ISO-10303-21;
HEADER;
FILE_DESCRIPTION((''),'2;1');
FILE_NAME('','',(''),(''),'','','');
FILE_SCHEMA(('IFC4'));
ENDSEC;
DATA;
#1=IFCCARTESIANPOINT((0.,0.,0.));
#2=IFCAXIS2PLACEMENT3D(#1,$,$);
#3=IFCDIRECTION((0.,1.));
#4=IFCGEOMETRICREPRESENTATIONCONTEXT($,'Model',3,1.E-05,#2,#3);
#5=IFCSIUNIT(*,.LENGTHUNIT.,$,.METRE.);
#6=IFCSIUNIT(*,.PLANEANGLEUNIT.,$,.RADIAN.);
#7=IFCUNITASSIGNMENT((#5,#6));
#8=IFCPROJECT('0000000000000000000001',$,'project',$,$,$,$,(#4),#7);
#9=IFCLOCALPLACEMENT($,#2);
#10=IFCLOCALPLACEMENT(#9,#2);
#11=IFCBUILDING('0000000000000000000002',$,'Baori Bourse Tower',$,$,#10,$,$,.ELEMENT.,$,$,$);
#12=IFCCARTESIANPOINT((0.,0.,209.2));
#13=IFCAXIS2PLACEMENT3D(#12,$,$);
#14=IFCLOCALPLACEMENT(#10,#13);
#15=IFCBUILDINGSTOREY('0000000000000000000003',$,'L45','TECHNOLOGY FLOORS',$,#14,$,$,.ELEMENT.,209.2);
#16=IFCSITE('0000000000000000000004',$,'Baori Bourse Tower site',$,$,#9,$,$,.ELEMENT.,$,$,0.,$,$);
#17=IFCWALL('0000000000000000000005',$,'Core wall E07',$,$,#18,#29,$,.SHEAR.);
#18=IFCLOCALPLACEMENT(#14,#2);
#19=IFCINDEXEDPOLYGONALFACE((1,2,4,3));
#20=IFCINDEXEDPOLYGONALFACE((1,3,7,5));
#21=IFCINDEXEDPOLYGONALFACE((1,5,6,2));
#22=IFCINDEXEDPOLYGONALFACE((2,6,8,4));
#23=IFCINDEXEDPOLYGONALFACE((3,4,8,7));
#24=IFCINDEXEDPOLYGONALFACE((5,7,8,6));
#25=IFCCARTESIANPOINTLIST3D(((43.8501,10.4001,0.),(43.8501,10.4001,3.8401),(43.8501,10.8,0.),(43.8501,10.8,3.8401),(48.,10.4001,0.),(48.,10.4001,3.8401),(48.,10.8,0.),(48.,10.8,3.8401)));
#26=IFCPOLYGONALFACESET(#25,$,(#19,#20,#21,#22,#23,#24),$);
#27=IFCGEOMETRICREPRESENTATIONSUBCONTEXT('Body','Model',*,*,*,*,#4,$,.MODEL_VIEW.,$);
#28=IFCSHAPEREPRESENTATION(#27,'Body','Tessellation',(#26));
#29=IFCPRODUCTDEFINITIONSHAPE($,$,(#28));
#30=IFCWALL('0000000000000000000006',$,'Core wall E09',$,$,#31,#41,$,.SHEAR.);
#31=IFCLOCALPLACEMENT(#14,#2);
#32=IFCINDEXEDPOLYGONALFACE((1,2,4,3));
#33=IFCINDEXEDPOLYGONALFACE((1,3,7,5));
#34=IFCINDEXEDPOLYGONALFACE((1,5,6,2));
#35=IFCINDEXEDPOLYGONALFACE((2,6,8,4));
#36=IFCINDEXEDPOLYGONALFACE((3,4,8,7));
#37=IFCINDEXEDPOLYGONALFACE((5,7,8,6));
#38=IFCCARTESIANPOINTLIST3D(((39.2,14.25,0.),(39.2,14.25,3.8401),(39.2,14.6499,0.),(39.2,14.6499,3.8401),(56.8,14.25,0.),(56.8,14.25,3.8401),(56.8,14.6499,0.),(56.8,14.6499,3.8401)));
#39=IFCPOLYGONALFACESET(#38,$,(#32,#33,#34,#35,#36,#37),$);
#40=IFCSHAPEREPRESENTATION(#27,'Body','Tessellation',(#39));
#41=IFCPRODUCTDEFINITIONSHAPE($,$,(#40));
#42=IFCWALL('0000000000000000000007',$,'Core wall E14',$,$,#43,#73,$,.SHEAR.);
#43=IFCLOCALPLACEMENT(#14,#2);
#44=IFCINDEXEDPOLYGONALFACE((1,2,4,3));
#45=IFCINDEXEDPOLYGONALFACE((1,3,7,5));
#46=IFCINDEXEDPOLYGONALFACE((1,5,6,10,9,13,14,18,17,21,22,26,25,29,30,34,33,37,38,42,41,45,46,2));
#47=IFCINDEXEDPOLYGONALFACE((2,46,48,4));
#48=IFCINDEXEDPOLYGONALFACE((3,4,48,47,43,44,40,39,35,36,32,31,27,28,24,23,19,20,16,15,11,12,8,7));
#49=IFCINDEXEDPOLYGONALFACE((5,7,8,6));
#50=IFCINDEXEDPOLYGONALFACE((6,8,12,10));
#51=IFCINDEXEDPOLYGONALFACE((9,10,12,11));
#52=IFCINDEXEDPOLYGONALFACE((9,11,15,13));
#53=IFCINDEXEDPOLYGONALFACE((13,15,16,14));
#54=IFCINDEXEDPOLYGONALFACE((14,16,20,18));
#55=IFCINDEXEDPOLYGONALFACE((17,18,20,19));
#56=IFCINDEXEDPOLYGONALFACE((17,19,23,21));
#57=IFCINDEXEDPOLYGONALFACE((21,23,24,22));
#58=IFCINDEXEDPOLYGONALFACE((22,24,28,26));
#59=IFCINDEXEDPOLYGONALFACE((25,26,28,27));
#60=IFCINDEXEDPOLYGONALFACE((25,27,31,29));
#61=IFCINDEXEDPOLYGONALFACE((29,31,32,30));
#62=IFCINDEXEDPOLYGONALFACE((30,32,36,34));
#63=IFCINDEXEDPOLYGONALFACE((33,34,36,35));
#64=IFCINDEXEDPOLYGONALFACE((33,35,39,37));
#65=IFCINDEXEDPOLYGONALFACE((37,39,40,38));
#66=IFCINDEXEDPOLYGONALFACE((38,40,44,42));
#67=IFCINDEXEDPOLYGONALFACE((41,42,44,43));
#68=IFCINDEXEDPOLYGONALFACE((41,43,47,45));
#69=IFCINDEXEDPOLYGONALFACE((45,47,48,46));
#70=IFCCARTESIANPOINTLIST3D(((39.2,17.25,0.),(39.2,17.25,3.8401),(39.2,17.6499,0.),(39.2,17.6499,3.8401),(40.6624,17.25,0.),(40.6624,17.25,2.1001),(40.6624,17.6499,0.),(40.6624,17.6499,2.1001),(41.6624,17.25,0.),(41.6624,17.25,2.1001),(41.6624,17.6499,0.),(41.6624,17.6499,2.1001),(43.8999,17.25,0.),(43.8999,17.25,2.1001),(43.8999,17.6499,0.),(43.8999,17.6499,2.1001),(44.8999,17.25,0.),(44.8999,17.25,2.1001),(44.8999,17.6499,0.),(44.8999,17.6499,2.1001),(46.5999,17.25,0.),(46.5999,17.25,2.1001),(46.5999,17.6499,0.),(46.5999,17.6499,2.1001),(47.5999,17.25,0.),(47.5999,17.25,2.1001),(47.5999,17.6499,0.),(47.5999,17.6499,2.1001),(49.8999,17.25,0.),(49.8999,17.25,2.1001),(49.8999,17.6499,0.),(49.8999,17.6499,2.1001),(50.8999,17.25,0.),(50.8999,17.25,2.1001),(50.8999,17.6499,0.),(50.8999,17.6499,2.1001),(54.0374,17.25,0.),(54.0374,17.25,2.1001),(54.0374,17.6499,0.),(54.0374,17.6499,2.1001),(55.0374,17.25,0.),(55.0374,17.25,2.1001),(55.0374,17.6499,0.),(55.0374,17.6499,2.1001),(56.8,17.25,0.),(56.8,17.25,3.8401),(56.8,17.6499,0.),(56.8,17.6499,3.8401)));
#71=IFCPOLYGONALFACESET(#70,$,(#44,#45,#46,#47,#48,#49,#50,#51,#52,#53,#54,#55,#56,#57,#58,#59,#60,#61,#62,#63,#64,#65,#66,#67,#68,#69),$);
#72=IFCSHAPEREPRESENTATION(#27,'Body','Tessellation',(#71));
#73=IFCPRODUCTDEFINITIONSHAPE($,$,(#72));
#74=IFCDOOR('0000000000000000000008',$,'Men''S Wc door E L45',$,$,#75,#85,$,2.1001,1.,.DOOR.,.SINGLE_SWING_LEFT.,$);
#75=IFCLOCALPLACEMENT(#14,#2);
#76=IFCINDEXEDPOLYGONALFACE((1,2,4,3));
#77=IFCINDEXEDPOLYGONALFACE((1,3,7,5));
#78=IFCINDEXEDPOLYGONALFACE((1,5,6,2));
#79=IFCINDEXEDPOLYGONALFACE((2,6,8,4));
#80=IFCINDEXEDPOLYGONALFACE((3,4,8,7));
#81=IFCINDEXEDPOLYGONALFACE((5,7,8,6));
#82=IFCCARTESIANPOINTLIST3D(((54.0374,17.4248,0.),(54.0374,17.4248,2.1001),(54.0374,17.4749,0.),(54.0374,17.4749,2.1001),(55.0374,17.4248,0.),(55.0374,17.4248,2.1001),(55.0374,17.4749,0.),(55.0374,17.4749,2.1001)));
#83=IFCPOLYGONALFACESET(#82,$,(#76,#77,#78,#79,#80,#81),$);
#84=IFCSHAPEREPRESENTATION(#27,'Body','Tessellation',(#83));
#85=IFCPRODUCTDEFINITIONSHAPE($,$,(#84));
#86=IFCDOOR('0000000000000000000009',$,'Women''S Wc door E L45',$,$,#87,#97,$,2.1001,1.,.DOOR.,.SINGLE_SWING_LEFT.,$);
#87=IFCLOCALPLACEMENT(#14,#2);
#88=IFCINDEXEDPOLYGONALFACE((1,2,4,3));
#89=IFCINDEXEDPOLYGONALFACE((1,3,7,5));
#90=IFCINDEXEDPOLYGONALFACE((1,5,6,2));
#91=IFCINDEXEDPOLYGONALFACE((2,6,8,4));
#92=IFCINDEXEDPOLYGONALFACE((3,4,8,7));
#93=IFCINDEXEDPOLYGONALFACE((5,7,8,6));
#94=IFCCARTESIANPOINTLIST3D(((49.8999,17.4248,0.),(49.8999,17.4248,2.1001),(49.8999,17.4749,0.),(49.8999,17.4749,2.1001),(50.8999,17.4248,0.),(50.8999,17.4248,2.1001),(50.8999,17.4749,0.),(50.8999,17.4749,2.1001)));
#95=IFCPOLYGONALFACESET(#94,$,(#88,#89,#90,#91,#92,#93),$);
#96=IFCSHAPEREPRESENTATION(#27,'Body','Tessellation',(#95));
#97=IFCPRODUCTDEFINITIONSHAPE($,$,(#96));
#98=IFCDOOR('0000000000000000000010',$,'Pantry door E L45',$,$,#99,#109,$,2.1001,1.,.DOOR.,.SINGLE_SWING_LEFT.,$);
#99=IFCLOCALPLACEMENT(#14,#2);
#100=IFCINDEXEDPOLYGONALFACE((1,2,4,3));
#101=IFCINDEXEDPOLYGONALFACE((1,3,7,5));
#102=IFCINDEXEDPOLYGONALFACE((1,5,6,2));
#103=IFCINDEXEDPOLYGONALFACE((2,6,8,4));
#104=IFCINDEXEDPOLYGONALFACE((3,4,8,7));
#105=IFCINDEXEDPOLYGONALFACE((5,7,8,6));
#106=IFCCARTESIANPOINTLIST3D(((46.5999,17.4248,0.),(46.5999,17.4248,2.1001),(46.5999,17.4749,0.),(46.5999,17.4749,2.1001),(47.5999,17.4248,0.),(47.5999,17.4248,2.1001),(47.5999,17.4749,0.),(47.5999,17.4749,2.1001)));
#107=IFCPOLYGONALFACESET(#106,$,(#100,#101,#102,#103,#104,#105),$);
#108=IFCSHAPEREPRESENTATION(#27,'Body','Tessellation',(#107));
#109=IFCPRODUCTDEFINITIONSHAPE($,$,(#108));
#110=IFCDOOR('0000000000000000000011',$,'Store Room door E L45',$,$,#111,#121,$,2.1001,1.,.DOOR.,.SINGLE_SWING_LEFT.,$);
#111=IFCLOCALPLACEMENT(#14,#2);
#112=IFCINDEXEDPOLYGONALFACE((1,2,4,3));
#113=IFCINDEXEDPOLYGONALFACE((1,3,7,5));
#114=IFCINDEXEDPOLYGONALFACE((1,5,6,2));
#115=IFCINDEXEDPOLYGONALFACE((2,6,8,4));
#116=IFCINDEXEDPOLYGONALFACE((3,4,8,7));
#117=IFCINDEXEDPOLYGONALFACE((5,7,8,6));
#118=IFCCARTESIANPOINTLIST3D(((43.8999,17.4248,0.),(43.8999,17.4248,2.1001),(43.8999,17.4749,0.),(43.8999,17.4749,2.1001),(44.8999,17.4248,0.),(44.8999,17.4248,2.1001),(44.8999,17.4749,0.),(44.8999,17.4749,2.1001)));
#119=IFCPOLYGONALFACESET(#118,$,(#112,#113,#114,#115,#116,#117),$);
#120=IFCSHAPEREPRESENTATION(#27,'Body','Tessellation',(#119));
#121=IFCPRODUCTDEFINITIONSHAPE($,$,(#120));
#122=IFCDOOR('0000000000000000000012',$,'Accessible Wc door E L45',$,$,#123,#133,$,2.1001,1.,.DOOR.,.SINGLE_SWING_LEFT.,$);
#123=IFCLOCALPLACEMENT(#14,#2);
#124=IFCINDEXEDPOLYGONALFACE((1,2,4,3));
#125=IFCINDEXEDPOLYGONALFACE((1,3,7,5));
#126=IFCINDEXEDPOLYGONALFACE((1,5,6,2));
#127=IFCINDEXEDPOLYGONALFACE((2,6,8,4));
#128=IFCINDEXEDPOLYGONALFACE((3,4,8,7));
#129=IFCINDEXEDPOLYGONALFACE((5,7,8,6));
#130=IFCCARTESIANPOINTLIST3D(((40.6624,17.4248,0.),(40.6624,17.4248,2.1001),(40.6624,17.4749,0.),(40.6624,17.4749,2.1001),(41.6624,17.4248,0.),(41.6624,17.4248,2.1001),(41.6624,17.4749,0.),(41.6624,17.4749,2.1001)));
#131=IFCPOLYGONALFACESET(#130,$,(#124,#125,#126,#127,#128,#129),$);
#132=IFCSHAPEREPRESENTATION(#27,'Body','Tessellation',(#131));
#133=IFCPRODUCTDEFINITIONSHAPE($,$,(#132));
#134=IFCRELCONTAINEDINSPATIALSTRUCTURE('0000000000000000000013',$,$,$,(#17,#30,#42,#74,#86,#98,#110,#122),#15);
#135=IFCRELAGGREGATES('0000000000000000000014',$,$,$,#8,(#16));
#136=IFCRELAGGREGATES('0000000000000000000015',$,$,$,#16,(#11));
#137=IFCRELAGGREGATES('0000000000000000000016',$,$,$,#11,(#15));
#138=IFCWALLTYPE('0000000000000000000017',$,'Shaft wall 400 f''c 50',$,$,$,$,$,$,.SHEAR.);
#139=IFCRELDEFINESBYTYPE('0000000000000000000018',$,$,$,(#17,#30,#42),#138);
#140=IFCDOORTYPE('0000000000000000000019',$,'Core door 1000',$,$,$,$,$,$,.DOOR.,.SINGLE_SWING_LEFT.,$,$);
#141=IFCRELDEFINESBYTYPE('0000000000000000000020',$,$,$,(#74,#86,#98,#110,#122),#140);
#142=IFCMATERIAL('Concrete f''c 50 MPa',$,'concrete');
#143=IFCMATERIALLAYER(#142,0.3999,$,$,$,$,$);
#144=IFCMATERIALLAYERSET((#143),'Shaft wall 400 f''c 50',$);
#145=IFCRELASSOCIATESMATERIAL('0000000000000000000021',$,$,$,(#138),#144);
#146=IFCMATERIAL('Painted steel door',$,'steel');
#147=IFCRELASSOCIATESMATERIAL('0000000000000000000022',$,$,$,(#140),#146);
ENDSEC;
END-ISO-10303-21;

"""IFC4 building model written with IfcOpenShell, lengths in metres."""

from ifc_helpers import new_model, si_unit, direction, frame, frame_2d, origin, place, context, subcontext, project, spatial, rectangle, extrude, material, layer, layer_set, type_object, element, fill, save


model = new_model("IFC4")

# Units and contexts
model_context = context("Model", 3, precision=1e-05, world=origin(), true_north=direction((0.0, 1.0)))
body_context = subcontext(model_context, "Body", "Model", "MODEL_VIEW")
ifc_project = project(units=[si_unit("LENGTHUNIT", "METRE"), si_unit("PLANEANGLEUNIT", "RADIAN")], contexts=[model_context])

# Site, building, storey
site_placement = place(None, origin())
site = spatial("IfcSite", under=ifc_project, at=site_placement, Name="Baori Bourse Tower site", CompositionType="ELEMENT", RefElevation=0.0)
building_placement = place(site_placement, origin())
building = spatial("IfcBuilding", under=site, at=building_placement, Name="Baori Bourse Tower", CompositionType="ELEMENT")
storey_placement = place(building_placement, frame((0.0, 0.0, 209.2)))
storey = spatial("IfcBuildingStorey", under=building, at=storey_placement, Name="L45", Description="TECHNOLOGY FLOORS", CompositionType="ELEMENT", Elevation=209.2)

# Walls
ifc_material_1 = material(Name="Concrete f'c 50 MPa", Category="concrete")
ifc_layer_1 = layer(ifc_material_1, 0.3999)
ifc_layer_set_1 = layer_set([ifc_layer_1], Name="Shaft wall 400 f'c 50")
wall_type_1 = type_object("IfcWallType", Name="Shaft wall 400 f'c 50", PredefinedType="SHEAR", material=ifc_layer_set_1)
wall_1_placement = place(storey_placement, frame((43.8501, 10.6001, 0.0), z_axis=(0.0, 0.0, 1.0), x_axis=(1.0, 0.0, 0.0)))
element("IfcWall", 1, at=wall_1_placement, inside=storey, type_object=wall_type_1, Name="Core wall E07", PredefinedType="SHEAR", context=body_context, shape_type="SweptSolid", body=[
    extrude(rectangle(XDim=4.1499, YDim=0.3999, at=frame_2d((2.075, 0.0))), origin(), (0.0, 0.0, 1.0), 3.8401),
])
wall_2_placement = place(storey_placement, frame((39.2, 14.45, 0.0), z_axis=(0.0, 0.0, 1.0), x_axis=(1.0, 0.0, 0.0)))
element("IfcWall", 2, at=wall_2_placement, inside=storey, type_object=wall_type_1, Name="Core wall E09", PredefinedType="SHEAR", context=body_context, shape_type="SweptSolid", body=[
    extrude(rectangle(XDim=17.6001, YDim=0.3999, at=frame_2d((8.8, 0.0))), origin(), (0.0, 0.0, 1.0), 3.8401),
])

# Wall, openings, doors
wall_3_placement = place(storey_placement, frame((39.2, 17.45, 0.0), z_axis=(0.0, 0.0, 1.0), x_axis=(1.0, 0.0, 0.0)))
wall_3 = element("IfcWall", 3, at=wall_3_placement, inside=storey, type_object=wall_type_1, Name="Core wall E14", PredefinedType="SHEAR", context=body_context, shape_type="SweptSolid", body=[
    extrude(rectangle(XDim=17.6001, YDim=0.3999, at=frame_2d((8.8, 0.0))), origin(), (0.0, 0.0, 1.0), 3.8401),
])
opening_1_placement = place(wall_3_placement, frame((14.8374, 0.0, 0.0)))
opening_1 = element("IfcOpeningElement", 4, at=opening_1_placement, cuts=wall_3, PredefinedType="OPENING", context=body_context, shape_type="SweptSolid", body=[
    extrude(rectangle(XDim=1.0, YDim=2.1001, at=frame_2d((0.5, 1.05))), frame((0.0, 0.21, 0.0), z_axis=(0.0, -1.0, 0.0), x_axis=(1.0, 0.0, 0.0)), (0.0, 0.0, 1.0), 0.4199),
])
opening_2_placement = place(wall_3_placement, frame((10.7, 0.0, 0.0)))
opening_2 = element("IfcOpeningElement", 5, at=opening_2_placement, cuts=wall_3, PredefinedType="OPENING", context=body_context, shape_type="SweptSolid", body=[
    extrude(rectangle(XDim=1.0, YDim=2.1001, at=frame_2d((0.5, 1.05))), frame((0.0, 0.21, 0.0), z_axis=(0.0, -1.0, 0.0), x_axis=(1.0, 0.0, 0.0)), (0.0, 0.0, 1.0), 0.4199),
])
opening_3_placement = place(wall_3_placement, frame((7.3999, 0.0, 0.0)))
opening_3 = element("IfcOpeningElement", 6, at=opening_3_placement, cuts=wall_3, PredefinedType="OPENING", context=body_context, shape_type="SweptSolid", body=[
    extrude(rectangle(XDim=1.0, YDim=2.1001, at=frame_2d((0.5, 1.05))), frame((0.0, 0.21, 0.0), z_axis=(0.0, -1.0, 0.0), x_axis=(1.0, 0.0, 0.0)), (0.0, 0.0, 1.0), 0.4199),
])
opening_4_placement = place(wall_3_placement, frame((4.7, 0.0, 0.0)))
opening_4 = element("IfcOpeningElement", 7, at=opening_4_placement, cuts=wall_3, PredefinedType="OPENING", context=body_context, shape_type="SweptSolid", body=[
    extrude(rectangle(XDim=1.0, YDim=2.1001, at=frame_2d((0.5, 1.05))), frame((0.0, 0.21, 0.0), z_axis=(0.0, -1.0, 0.0), x_axis=(1.0, 0.0, 0.0)), (0.0, 0.0, 1.0), 0.4199),
])
opening_5_placement = place(wall_3_placement, frame((1.4624, 0.0, 0.0)))
opening_5 = element("IfcOpeningElement", 8, at=opening_5_placement, cuts=wall_3, PredefinedType="OPENING", context=body_context, shape_type="SweptSolid", body=[
    extrude(rectangle(XDim=1.0, YDim=2.1001, at=frame_2d((0.5, 1.05))), frame((0.0, 0.21, 0.0), z_axis=(0.0, -1.0, 0.0), x_axis=(1.0, 0.0, 0.0)), (0.0, 0.0, 1.0), 0.4199),
])
ifc_material_2 = material(Name="Painted steel door", Category="steel")
door_type_1 = type_object("IfcDoorType", Name="Core door 1000", OperationType="SINGLE_SWING_LEFT", PredefinedType="DOOR", material=ifc_material_2)
door_1_placement = place(opening_1_placement, origin())
door_1 = element("IfcDoor", 9, at=door_1_placement, inside=storey, type_object=door_type_1, Name="Men'S Wc door E L45", OperationType="SINGLE_SWING_LEFT", OverallHeight=2.1001, OverallWidth=1.0, PredefinedType="DOOR", context=body_context, shape_type="SweptSolid", body=[
    extrude(rectangle(XDim=1.0, YDim=2.1001, at=frame_2d((0.5, 1.05))), frame((0.0, 0.0249, 0.0), z_axis=(0.0, -1.0, 0.0), x_axis=(1.0, 0.0, 0.0)), (0.0, 0.0, 1.0), 0.05),
])
fill(opening_1, door_1)
door_2_placement = place(opening_2_placement, origin())
door_2 = element("IfcDoor", 10, at=door_2_placement, inside=storey, type_object=door_type_1, Name="Women'S Wc door E L45", OperationType="SINGLE_SWING_LEFT", OverallHeight=2.1001, OverallWidth=1.0, PredefinedType="DOOR", context=body_context, shape_type="SweptSolid", body=[
    extrude(rectangle(XDim=1.0, YDim=2.1001, at=frame_2d((0.5, 1.05))), frame((0.0, 0.0249, 0.0), z_axis=(0.0, -1.0, 0.0), x_axis=(1.0, 0.0, 0.0)), (0.0, 0.0, 1.0), 0.05),
])
fill(opening_2, door_2)
door_3_placement = place(opening_3_placement, origin())
door_3 = element("IfcDoor", 11, at=door_3_placement, inside=storey, type_object=door_type_1, Name="Pantry door E L45", OperationType="SINGLE_SWING_LEFT", OverallHeight=2.1001, OverallWidth=1.0, PredefinedType="DOOR", context=body_context, shape_type="SweptSolid", body=[
    extrude(rectangle(XDim=1.0, YDim=2.1001, at=frame_2d((0.5, 1.05))), frame((0.0, 0.0249, 0.0), z_axis=(0.0, -1.0, 0.0), x_axis=(1.0, 0.0, 0.0)), (0.0, 0.0, 1.0), 0.05),
])
fill(opening_3, door_3)
door_4_placement = place(opening_4_placement, origin())
door_4 = element("IfcDoor", 12, at=door_4_placement, inside=storey, type_object=door_type_1, Name="Store Room door E L45", OperationType="SINGLE_SWING_LEFT", OverallHeight=2.1001, OverallWidth=1.0, PredefinedType="DOOR", context=body_context, shape_type="SweptSolid", body=[
    extrude(rectangle(XDim=1.0, YDim=2.1001, at=frame_2d((0.5, 1.05))), frame((0.0, 0.0249, 0.0), z_axis=(0.0, -1.0, 0.0), x_axis=(1.0, 0.0, 0.0)), (0.0, 0.0, 1.0), 0.05),
])
fill(opening_4, door_4)
door_5_placement = place(opening_5_placement, origin())
door_5 = element("IfcDoor", 13, at=door_5_placement, inside=storey, type_object=door_type_1, Name="Accessible Wc door E L45", OperationType="SINGLE_SWING_LEFT", OverallHeight=2.1001, OverallWidth=1.0, PredefinedType="DOOR", context=body_context, shape_type="SweptSolid", body=[
    extrude(rectangle(XDim=1.0, YDim=2.1001, at=frame_2d((0.5, 1.05))), frame((0.0, 0.0249, 0.0), z_axis=(0.0, -1.0, 0.0), x_axis=(1.0, 0.0, 0.0)), (0.0, 0.0, 1.0), 0.05),
])
fill(opening_5, door_5)

save(model, "model.ifc")
